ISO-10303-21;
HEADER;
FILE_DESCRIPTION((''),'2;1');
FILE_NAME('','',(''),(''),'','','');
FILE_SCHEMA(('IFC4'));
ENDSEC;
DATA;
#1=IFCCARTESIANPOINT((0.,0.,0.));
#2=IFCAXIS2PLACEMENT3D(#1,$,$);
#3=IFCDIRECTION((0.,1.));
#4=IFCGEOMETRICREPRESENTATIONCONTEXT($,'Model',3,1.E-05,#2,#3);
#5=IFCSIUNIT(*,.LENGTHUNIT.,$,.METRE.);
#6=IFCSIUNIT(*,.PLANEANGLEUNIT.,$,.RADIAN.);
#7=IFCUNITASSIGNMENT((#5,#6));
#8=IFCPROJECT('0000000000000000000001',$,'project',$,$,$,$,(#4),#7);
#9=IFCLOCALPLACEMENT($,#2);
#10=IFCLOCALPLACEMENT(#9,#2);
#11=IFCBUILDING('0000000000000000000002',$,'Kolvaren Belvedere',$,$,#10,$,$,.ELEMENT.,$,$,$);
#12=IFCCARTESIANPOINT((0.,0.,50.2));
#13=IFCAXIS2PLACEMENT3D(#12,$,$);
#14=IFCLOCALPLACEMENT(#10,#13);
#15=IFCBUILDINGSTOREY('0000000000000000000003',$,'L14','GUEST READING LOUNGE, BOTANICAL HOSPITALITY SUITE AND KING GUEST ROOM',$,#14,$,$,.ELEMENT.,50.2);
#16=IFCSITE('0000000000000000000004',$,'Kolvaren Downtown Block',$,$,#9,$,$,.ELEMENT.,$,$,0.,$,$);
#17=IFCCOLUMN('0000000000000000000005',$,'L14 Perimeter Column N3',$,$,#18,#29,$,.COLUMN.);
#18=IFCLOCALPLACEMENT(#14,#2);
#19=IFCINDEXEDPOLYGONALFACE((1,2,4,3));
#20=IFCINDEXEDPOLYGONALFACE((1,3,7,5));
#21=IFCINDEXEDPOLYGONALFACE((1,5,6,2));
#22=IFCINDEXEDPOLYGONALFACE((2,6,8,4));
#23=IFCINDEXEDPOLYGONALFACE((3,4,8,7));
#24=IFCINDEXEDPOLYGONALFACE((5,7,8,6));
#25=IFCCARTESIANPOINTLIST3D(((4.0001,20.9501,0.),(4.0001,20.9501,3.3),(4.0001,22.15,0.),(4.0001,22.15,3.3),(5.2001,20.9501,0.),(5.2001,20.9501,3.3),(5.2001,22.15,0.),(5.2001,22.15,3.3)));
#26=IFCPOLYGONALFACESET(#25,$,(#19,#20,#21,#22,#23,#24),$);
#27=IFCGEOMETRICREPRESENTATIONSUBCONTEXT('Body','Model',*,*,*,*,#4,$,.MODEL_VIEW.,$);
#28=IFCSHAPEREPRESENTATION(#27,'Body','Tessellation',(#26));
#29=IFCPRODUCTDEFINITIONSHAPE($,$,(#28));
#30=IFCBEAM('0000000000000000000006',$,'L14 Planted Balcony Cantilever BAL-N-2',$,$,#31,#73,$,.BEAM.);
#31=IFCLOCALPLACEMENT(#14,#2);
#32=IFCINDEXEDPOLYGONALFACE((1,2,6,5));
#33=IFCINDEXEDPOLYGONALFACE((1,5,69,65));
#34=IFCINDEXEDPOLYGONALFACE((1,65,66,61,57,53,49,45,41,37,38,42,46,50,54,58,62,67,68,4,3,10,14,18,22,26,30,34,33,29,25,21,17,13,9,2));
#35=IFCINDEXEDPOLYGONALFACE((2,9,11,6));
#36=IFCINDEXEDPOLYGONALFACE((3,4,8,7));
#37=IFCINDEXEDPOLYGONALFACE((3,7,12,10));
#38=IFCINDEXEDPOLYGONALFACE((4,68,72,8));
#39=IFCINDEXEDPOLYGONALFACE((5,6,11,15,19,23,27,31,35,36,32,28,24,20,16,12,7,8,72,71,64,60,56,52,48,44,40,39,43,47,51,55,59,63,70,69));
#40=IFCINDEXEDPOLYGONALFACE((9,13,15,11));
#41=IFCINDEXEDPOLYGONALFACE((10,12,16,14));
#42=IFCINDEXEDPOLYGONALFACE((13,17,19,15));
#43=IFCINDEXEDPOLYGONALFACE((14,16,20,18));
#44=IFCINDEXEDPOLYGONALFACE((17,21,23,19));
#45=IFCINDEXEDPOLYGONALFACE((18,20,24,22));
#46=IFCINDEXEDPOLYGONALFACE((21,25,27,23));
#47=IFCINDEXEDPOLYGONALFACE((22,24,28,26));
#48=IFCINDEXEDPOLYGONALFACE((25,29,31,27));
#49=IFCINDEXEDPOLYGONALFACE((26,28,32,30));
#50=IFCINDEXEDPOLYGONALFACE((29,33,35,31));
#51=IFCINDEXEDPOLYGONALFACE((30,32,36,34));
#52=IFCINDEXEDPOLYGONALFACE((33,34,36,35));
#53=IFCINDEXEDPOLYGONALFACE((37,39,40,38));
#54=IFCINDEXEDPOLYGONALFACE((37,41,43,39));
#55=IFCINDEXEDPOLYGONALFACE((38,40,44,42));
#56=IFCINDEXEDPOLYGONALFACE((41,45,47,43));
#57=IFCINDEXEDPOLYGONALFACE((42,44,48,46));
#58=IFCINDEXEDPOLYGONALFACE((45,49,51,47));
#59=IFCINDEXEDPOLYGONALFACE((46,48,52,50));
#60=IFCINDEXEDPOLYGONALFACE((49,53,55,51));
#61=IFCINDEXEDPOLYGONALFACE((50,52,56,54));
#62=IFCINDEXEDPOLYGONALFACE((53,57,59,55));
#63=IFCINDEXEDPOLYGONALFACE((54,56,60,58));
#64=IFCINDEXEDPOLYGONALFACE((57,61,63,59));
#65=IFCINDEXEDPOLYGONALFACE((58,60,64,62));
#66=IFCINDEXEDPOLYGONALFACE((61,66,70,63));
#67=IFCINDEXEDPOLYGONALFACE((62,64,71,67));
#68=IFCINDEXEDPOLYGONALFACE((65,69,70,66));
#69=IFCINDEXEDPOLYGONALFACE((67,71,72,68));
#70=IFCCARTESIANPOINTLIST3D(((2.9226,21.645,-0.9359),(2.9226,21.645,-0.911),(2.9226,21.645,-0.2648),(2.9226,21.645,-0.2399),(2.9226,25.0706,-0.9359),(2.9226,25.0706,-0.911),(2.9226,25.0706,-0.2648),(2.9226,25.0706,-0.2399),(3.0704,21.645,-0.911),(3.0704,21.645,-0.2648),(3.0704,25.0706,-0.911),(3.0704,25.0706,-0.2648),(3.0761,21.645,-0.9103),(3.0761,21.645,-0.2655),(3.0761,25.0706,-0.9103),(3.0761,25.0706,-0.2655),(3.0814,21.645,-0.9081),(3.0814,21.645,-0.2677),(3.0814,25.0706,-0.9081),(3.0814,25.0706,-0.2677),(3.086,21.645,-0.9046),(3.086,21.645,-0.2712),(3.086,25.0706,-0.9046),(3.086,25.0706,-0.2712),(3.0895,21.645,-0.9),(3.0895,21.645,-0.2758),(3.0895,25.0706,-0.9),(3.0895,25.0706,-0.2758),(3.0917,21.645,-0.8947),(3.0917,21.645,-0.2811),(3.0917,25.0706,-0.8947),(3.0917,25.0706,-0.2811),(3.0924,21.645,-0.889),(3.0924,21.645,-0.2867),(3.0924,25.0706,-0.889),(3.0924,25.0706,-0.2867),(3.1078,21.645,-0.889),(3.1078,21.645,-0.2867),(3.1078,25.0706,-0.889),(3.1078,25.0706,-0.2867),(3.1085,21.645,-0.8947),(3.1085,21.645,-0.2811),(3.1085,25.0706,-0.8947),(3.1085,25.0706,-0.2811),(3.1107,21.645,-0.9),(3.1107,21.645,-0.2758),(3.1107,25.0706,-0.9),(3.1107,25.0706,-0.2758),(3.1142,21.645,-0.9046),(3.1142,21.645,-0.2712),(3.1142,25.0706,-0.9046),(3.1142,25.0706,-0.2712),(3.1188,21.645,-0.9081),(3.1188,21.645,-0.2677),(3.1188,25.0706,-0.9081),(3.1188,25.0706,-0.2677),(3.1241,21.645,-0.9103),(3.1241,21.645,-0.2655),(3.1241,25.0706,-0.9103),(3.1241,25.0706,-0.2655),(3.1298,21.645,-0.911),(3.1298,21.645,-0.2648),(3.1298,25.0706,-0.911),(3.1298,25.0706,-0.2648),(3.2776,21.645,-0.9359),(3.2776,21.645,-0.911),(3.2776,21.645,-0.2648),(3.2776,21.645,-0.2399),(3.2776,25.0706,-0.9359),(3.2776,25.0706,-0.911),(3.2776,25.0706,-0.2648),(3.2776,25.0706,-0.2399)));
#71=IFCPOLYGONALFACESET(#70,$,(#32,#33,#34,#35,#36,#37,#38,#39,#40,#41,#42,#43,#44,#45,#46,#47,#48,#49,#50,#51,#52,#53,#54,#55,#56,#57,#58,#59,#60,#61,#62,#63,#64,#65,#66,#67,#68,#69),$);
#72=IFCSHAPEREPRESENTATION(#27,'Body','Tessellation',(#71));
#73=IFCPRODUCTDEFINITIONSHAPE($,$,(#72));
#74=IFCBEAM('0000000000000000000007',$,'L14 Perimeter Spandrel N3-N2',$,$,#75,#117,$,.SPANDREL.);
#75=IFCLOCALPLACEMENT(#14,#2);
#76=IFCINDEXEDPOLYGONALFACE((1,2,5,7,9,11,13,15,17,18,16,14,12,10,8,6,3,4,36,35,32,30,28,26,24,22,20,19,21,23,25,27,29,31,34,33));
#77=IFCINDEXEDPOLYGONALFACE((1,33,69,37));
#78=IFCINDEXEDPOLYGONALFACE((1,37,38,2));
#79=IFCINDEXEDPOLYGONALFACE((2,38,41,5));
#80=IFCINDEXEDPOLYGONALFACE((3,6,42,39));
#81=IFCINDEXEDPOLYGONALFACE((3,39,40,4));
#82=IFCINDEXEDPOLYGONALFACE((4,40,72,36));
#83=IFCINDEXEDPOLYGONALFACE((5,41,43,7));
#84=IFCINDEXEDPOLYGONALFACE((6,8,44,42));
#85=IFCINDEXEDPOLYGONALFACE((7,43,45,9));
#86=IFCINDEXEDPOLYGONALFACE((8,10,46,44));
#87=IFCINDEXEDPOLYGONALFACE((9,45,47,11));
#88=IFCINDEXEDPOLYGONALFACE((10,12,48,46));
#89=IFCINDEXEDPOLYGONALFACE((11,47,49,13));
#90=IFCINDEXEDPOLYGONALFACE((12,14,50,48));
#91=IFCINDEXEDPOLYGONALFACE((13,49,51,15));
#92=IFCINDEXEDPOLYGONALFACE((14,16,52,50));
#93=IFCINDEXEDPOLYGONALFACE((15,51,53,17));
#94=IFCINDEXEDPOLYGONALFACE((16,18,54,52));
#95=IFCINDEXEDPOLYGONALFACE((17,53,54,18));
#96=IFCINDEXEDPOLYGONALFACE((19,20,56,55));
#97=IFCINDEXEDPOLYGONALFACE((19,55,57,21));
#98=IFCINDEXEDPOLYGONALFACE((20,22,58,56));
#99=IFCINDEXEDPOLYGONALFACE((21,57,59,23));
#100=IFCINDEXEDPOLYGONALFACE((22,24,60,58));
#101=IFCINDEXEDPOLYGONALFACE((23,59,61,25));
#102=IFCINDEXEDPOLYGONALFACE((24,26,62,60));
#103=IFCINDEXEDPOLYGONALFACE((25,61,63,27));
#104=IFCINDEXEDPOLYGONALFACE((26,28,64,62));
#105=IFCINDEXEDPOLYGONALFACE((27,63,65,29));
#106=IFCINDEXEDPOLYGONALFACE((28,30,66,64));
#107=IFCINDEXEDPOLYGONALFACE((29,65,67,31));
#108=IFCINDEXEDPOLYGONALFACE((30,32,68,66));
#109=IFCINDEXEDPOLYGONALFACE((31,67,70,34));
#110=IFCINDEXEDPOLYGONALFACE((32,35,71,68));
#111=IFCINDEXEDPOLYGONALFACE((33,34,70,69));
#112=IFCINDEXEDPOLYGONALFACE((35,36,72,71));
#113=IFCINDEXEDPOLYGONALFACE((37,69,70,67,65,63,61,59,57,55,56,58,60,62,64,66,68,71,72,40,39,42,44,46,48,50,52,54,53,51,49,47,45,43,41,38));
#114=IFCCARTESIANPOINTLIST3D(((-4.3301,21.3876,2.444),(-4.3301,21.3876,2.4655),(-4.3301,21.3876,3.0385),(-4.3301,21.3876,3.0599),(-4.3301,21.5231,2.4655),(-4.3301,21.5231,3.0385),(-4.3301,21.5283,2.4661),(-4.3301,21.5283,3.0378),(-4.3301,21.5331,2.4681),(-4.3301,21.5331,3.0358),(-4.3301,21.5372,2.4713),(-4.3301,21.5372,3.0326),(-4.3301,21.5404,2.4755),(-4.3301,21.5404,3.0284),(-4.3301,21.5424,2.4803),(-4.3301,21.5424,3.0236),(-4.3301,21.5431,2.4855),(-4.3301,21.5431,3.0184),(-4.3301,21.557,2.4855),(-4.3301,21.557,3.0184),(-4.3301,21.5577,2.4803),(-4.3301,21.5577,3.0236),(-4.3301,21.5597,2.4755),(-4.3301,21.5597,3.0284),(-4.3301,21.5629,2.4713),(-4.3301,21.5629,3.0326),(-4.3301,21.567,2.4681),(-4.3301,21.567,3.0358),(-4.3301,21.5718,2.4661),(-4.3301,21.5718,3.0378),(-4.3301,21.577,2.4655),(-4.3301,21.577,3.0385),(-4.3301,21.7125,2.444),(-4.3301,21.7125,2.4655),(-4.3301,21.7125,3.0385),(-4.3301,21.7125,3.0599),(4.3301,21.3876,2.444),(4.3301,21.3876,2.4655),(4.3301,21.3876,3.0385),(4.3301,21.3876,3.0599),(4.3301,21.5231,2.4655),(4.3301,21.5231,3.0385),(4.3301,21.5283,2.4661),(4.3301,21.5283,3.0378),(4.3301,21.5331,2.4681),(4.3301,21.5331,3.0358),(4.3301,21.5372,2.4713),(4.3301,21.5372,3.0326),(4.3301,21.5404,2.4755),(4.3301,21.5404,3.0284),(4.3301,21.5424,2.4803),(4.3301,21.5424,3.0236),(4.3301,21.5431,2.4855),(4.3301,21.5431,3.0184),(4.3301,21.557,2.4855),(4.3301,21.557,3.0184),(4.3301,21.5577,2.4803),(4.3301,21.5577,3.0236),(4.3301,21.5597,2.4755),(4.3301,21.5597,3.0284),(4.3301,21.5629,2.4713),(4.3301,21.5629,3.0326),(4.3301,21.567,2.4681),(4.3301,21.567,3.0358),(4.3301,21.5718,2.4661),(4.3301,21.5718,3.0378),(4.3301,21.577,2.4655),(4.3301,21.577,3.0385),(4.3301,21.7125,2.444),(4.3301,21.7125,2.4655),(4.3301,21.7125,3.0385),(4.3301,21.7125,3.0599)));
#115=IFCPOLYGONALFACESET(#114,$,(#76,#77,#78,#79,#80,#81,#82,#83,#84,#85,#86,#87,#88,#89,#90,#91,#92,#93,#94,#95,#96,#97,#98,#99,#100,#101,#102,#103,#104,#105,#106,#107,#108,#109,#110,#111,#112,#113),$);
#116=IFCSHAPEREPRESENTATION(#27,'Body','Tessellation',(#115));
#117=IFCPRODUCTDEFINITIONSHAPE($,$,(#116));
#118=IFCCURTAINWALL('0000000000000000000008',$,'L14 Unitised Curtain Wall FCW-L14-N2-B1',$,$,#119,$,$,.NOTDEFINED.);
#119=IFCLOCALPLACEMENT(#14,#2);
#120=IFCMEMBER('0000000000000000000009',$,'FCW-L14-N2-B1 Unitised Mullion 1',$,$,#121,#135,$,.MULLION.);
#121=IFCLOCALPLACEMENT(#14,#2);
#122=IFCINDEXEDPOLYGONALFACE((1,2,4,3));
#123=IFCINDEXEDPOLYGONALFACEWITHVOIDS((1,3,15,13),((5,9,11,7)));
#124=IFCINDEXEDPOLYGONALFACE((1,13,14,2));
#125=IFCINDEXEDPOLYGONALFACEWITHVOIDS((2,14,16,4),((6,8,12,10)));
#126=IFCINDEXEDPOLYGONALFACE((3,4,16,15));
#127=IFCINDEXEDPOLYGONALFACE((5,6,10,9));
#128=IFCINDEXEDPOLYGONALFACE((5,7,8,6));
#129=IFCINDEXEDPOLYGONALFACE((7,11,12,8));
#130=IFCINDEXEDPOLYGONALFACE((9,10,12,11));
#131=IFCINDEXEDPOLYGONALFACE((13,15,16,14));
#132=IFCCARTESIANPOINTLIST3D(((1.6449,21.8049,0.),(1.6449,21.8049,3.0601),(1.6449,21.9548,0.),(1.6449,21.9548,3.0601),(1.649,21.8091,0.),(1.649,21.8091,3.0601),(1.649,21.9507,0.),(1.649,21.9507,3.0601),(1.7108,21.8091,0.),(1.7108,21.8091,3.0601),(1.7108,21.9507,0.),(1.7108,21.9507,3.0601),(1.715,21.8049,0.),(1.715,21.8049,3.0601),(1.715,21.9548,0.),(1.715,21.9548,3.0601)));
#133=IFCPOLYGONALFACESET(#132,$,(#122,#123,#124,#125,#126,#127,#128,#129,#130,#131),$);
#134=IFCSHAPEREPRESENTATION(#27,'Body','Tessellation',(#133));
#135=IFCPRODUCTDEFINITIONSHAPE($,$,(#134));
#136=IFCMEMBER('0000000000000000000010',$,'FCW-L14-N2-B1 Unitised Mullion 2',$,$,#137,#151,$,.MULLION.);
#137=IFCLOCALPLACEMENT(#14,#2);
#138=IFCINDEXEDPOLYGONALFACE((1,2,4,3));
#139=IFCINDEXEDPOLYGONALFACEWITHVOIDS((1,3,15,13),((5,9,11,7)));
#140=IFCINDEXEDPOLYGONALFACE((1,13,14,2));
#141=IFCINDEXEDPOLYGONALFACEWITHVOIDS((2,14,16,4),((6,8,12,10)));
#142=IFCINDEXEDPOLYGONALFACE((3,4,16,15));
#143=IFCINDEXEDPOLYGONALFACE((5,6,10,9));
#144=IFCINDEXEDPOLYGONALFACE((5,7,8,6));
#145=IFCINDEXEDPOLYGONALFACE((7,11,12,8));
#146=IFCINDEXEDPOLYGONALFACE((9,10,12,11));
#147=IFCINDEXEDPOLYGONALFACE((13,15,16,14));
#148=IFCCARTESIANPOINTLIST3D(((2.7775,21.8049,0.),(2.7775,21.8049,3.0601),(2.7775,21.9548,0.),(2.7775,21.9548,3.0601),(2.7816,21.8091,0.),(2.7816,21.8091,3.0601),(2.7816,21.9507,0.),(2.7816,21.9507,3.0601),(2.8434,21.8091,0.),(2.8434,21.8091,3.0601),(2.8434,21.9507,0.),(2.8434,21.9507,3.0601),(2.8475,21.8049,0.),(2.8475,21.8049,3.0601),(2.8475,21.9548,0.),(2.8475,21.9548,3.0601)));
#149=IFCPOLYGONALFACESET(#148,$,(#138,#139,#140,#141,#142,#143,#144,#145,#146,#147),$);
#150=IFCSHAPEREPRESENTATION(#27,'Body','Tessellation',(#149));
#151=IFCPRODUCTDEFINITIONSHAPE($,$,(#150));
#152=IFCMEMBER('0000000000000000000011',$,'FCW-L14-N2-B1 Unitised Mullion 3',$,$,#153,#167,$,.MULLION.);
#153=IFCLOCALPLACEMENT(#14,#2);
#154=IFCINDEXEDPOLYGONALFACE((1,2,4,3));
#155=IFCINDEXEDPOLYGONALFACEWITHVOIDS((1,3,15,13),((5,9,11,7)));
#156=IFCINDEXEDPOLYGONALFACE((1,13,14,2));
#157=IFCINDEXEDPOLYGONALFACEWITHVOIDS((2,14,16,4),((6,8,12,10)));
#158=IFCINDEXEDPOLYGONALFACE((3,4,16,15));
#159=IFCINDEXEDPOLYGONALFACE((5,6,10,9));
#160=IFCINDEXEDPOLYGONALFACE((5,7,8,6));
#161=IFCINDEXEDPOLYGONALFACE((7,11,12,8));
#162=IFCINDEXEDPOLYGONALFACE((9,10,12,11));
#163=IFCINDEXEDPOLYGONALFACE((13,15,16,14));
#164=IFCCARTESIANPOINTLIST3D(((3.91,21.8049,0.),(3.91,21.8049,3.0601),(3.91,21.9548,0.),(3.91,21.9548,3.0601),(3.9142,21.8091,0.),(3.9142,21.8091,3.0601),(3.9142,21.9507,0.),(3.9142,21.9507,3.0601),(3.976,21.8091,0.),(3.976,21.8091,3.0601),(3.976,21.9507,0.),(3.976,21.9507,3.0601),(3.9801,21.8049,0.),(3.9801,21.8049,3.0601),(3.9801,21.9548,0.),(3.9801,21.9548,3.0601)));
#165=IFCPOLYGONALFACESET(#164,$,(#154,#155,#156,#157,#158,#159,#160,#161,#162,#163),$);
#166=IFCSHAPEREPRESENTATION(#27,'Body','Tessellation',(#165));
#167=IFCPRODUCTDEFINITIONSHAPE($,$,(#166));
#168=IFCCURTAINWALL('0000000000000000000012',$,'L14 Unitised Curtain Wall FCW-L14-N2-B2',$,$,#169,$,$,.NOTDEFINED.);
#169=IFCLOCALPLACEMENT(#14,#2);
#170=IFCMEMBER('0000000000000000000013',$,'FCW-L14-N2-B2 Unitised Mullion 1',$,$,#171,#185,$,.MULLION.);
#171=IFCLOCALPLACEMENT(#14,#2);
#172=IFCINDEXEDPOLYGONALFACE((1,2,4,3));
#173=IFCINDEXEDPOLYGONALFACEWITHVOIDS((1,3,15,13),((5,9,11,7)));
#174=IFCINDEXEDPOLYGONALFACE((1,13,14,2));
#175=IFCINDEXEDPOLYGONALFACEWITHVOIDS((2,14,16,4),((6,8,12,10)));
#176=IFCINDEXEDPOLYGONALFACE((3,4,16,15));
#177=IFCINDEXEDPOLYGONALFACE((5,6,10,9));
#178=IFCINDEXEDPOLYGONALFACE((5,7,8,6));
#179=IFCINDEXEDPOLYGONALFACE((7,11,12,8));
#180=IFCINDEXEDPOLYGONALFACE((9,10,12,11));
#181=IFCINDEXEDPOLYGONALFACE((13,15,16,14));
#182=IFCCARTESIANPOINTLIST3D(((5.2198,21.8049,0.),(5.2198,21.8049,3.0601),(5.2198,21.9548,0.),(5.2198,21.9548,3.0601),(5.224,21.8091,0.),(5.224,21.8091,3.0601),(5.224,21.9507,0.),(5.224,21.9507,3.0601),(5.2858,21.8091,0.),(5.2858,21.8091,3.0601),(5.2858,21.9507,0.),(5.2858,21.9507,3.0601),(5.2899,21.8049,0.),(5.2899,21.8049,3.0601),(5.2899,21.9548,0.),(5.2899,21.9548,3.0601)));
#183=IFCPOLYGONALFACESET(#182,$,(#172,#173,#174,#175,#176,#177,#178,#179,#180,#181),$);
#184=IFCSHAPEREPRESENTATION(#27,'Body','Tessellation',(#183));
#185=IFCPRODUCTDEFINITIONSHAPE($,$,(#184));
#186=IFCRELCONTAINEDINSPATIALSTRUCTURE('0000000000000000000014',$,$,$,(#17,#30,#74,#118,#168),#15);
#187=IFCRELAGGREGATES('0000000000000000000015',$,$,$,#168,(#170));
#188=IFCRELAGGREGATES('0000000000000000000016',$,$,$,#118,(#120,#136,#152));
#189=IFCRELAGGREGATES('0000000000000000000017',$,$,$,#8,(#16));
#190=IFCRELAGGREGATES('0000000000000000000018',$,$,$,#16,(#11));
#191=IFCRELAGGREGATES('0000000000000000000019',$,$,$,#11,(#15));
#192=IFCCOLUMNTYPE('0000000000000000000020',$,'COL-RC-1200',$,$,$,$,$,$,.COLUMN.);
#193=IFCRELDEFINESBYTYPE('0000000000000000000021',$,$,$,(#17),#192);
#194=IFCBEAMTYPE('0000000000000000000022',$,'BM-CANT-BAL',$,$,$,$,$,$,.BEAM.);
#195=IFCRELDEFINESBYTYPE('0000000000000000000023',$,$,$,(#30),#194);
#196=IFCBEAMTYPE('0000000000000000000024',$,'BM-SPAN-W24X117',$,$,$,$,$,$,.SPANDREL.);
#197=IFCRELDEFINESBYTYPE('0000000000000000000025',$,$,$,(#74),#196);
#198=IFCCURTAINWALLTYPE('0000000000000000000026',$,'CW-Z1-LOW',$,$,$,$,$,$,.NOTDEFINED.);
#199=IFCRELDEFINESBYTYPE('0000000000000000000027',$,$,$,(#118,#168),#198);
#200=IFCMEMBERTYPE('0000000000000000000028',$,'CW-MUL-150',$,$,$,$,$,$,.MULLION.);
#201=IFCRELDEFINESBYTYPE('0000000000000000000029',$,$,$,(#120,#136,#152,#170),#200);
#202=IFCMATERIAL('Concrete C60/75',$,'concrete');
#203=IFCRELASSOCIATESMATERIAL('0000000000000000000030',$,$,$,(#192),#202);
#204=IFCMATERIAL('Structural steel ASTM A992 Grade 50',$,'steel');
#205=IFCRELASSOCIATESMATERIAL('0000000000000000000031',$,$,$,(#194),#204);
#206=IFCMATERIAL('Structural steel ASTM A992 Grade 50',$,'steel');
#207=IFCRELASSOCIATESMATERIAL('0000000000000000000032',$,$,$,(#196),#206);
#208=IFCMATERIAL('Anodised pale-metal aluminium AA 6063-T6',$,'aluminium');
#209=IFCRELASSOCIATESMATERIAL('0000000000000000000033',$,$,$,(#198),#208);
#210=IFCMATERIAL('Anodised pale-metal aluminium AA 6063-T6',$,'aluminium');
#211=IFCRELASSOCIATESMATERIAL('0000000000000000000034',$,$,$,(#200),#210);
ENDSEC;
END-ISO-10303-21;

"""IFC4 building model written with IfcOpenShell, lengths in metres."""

from ifc_helpers import new_model, si_unit, direction, frame, origin, origin_2d, place, context, subcontext, project, spatial, rectangle, hollow_rectangle, i_section, extrude, material, material_profile, profile_set, type_object, element, aggregate, save


model = new_model("IFC4")

# Units and contexts
model_context = context("Model", 3, precision=1e-05, world=origin(), true_north=direction((0.0, 1.0)))
body_context = subcontext(model_context, "Body", "Model", "MODEL_VIEW")
ifc_project = project(units=[si_unit("LENGTHUNIT", "METRE"), si_unit("PLANEANGLEUNIT", "RADIAN")], contexts=[model_context])

# Site, building, storey
site_placement = place(None, origin())
site = spatial("IfcSite", under=ifc_project, at=site_placement, Name="Kolvaren Downtown Block", CompositionType="ELEMENT", RefElevation=0.0)
building_placement = place(site_placement, origin())
building = spatial("IfcBuilding", under=site, at=building_placement, Name="Kolvaren Belvedere", CompositionType="ELEMENT")
storey_placement = place(building_placement, frame((0.0, 0.0, 50.2)))
storey = spatial("IfcBuildingStorey", under=building, at=storey_placement, Name="L14", Description="GUEST READING LOUNGE, BOTANICAL HOSPITALITY SUITE AND KING GUEST ROOM", CompositionType="ELEMENT", Elevation=50.2)

# Column
ifc_material_1 = material(Name="Concrete C60/75", Category="concrete")
ifc_material_profile_1 = material_profile(ifc_material_1, rectangle(XDim=1.2, YDim=1.2, at=origin_2d()), Name="RC 1200X1200")
ifc_profile_set_1 = profile_set([ifc_material_profile_1], Name="Concrete C60/75")
column_type = type_object("IfcColumnType", Name="COL-RC-1200", PredefinedType="COLUMN", material=ifc_profile_set_1)
column_placement = place(storey_placement, frame((4.6001, 21.55, 0.0), z_axis=(0.0, 0.0, 1.0), x_axis=(1.0, 0.0, 0.0)))
element("IfcColumn", 1, at=column_placement, inside=storey, type_object=column_type, Name="L14 Perimeter Column N3", PredefinedType="COLUMN", context=body_context, shape_type="SweptSolid", body=[
    extrude(rectangle(XDim=1.2, YDim=1.2, at=origin_2d()), origin(), (0.0, 0.0, 1.0), 3.3),
])

# Beams
ifc_material_2 = material(Name="Structural steel ASTM A992 Grade 50", Category="steel")
ifc_material_profile_2 = material_profile(ifc_material_2, i_section(OverallWidth=0.355, OverallDepth=0.696, WebThickness=0.0154, FlangeThickness=0.0249, FilletRadius=0.022, at=origin_2d()), Name="W27X146")
ifc_profile_set_2 = profile_set([ifc_material_profile_2], Name="Structural steel ASTM A992 Grade 50")
beam_type_1 = type_object("IfcBeamType", Name="BM-CANT-BAL", PredefinedType="BEAM", material=ifc_profile_set_2)
beam_1_placement = place(storey_placement, frame((3.1001, 21.645, -0.5879), z_axis=(0.0, 1.0, 0.0), x_axis=(-1.0, 0.0, 0.0)))
element("IfcBeam", 2, at=beam_1_placement, inside=storey, type_object=beam_type_1, Name="L14 Planted Balcony Cantilever BAL-N-2", PredefinedType="BEAM", context=body_context, shape_type="SweptSolid", body=[
    extrude(i_section(OverallWidth=0.355, OverallDepth=0.696, WebThickness=0.0154, FlangeThickness=0.0249, FilletRadius=0.022, at=origin_2d()), origin(), (0.0, 0.0, 1.0), 3.4255),
])
ifc_material_3 = material(Name="Structural steel ASTM A992 Grade 50", Category="steel")
ifc_material_profile_3 = material_profile(ifc_material_3, i_section(OverallWidth=0.325, OverallDepth=0.616, WebThickness=0.0139, FlangeThickness=0.0215, FilletRadius=0.02, at=origin_2d()), Name="W24X117")
ifc_profile_set_3 = profile_set([ifc_material_profile_3], Name="Structural steel ASTM A992 Grade 50")
beam_type_2 = type_object("IfcBeamType", Name="BM-SPAN-W24X117", PredefinedType="SPANDREL", material=ifc_profile_set_3)
beam_2_placement = place(storey_placement, frame((4.3301, 21.55, 2.752), z_axis=(-1.0, 0.0, 0.0), x_axis=(0.0, -1.0, 0.0)))
element("IfcBeam", 3, at=beam_2_placement, inside=storey, type_object=beam_type_2, Name="L14 Perimeter Spandrel N3-N2", PredefinedType="SPANDREL", context=body_context, shape_type="SweptSolid", body=[
    extrude(i_section(OverallWidth=0.325, OverallDepth=0.616, WebThickness=0.0139, FlangeThickness=0.0215, FilletRadius=0.02, at=origin_2d()), origin(), (0.0, 0.0, 1.0), 8.6602),
])

# Curtain wall, members
ifc_material_4 = material(Name="Anodised pale-metal aluminium AA 6063-T6", Category="aluminium")
curtain_wall_type = type_object("IfcCurtainWallType", Name="CW-Z1-LOW", PredefinedType="NOTDEFINED", material=ifc_material_4)
curtain_wall_1_placement = place(storey_placement, origin())
curtain_wall_1 = element("IfcCurtainWall", 4, at=curtain_wall_1_placement, inside=storey, type_object=curtain_wall_type, Name="L14 Unitised Curtain Wall FCW-L14-N2-B1", PredefinedType="NOTDEFINED")
ifc_material_5 = material(Name="Anodised pale-metal aluminium AA 6063-T6", Category="aluminium")
ifc_material_profile_4 = material_profile(ifc_material_5, hollow_rectangle(XDim=0.0701, YDim=0.1499, WallThickness=0.0042, at=origin_2d()), Name="ALU-MUL-150X70")
ifc_profile_set_4 = profile_set([ifc_material_profile_4], Name="Anodised pale-metal aluminium AA 6063-T6")
member_type_1 = type_object("IfcMemberType", Name="CW-MUL-150", PredefinedType="MULLION", material=ifc_profile_set_4)
member_1_placement = place(storey_placement, frame((1.6799, 21.8799, 0.0), z_axis=(0.0, 0.0, 1.0), x_axis=(1.0, 0.0, 0.0)))
member_1 = element("IfcMember", 5, at=member_1_placement, type_object=member_type_1, Name="FCW-L14-N2-B1 Unitised Mullion 1", PredefinedType="MULLION", context=body_context, shape_type="SweptSolid", body=[
    extrude(hollow_rectangle(XDim=0.0701, YDim=0.1499, WallThickness=0.0042, at=origin_2d()), origin(), (0.0, 0.0, 1.0), 3.0601),
])
member_2_placement = place(storey_placement, frame((2.8125, 21.8799, 0.0), z_axis=(0.0, 0.0, 1.0), x_axis=(1.0, 0.0, 0.0)))
member_2 = element("IfcMember", 6, at=member_2_placement, type_object=member_type_1, Name="FCW-L14-N2-B1 Unitised Mullion 2", PredefinedType="MULLION", context=body_context, shape_type="SweptSolid", body=[
    extrude(hollow_rectangle(XDim=0.0701, YDim=0.1499, WallThickness=0.0042, at=origin_2d()), origin(), (0.0, 0.0, 1.0), 3.0601),
])
member_3_placement = place(storey_placement, frame((3.9451, 21.8799, 0.0), z_axis=(0.0, 0.0, 1.0), x_axis=(1.0, 0.0, 0.0)))
member_3 = element("IfcMember", 7, at=member_3_placement, type_object=member_type_1, Name="FCW-L14-N2-B1 Unitised Mullion 3", PredefinedType="MULLION", context=body_context, shape_type="SweptSolid", body=[
    extrude(hollow_rectangle(XDim=0.0701, YDim=0.1499, WallThickness=0.0042, at=origin_2d()), origin(), (0.0, 0.0, 1.0), 3.0601),
])

# Curtain wall, member
curtain_wall_2_placement = place(storey_placement, origin())
curtain_wall_2 = element("IfcCurtainWall", 8, at=curtain_wall_2_placement, inside=storey, type_object=curtain_wall_type, Name="L14 Unitised Curtain Wall FCW-L14-N2-B2", PredefinedType="NOTDEFINED")
member_4_placement = place(storey_placement, frame((5.2549, 21.8799, 0.0), z_axis=(0.0, 0.0, 1.0), x_axis=(1.0, 0.0, 0.0)))
member_4 = element("IfcMember", 9, at=member_4_placement, type_object=member_type_1, Name="FCW-L14-N2-B2 Unitised Mullion 1", PredefinedType="MULLION", context=body_context, shape_type="SweptSolid", body=[
    extrude(hollow_rectangle(XDim=0.0701, YDim=0.1499, WallThickness=0.0042, at=origin_2d()), origin(), (0.0, 0.0, 1.0), 3.0601),
])

aggregate(curtain_wall_2, [member_4])

aggregate(curtain_wall_1, [member_1, member_2, member_3])

save(model, "model.ifc")
